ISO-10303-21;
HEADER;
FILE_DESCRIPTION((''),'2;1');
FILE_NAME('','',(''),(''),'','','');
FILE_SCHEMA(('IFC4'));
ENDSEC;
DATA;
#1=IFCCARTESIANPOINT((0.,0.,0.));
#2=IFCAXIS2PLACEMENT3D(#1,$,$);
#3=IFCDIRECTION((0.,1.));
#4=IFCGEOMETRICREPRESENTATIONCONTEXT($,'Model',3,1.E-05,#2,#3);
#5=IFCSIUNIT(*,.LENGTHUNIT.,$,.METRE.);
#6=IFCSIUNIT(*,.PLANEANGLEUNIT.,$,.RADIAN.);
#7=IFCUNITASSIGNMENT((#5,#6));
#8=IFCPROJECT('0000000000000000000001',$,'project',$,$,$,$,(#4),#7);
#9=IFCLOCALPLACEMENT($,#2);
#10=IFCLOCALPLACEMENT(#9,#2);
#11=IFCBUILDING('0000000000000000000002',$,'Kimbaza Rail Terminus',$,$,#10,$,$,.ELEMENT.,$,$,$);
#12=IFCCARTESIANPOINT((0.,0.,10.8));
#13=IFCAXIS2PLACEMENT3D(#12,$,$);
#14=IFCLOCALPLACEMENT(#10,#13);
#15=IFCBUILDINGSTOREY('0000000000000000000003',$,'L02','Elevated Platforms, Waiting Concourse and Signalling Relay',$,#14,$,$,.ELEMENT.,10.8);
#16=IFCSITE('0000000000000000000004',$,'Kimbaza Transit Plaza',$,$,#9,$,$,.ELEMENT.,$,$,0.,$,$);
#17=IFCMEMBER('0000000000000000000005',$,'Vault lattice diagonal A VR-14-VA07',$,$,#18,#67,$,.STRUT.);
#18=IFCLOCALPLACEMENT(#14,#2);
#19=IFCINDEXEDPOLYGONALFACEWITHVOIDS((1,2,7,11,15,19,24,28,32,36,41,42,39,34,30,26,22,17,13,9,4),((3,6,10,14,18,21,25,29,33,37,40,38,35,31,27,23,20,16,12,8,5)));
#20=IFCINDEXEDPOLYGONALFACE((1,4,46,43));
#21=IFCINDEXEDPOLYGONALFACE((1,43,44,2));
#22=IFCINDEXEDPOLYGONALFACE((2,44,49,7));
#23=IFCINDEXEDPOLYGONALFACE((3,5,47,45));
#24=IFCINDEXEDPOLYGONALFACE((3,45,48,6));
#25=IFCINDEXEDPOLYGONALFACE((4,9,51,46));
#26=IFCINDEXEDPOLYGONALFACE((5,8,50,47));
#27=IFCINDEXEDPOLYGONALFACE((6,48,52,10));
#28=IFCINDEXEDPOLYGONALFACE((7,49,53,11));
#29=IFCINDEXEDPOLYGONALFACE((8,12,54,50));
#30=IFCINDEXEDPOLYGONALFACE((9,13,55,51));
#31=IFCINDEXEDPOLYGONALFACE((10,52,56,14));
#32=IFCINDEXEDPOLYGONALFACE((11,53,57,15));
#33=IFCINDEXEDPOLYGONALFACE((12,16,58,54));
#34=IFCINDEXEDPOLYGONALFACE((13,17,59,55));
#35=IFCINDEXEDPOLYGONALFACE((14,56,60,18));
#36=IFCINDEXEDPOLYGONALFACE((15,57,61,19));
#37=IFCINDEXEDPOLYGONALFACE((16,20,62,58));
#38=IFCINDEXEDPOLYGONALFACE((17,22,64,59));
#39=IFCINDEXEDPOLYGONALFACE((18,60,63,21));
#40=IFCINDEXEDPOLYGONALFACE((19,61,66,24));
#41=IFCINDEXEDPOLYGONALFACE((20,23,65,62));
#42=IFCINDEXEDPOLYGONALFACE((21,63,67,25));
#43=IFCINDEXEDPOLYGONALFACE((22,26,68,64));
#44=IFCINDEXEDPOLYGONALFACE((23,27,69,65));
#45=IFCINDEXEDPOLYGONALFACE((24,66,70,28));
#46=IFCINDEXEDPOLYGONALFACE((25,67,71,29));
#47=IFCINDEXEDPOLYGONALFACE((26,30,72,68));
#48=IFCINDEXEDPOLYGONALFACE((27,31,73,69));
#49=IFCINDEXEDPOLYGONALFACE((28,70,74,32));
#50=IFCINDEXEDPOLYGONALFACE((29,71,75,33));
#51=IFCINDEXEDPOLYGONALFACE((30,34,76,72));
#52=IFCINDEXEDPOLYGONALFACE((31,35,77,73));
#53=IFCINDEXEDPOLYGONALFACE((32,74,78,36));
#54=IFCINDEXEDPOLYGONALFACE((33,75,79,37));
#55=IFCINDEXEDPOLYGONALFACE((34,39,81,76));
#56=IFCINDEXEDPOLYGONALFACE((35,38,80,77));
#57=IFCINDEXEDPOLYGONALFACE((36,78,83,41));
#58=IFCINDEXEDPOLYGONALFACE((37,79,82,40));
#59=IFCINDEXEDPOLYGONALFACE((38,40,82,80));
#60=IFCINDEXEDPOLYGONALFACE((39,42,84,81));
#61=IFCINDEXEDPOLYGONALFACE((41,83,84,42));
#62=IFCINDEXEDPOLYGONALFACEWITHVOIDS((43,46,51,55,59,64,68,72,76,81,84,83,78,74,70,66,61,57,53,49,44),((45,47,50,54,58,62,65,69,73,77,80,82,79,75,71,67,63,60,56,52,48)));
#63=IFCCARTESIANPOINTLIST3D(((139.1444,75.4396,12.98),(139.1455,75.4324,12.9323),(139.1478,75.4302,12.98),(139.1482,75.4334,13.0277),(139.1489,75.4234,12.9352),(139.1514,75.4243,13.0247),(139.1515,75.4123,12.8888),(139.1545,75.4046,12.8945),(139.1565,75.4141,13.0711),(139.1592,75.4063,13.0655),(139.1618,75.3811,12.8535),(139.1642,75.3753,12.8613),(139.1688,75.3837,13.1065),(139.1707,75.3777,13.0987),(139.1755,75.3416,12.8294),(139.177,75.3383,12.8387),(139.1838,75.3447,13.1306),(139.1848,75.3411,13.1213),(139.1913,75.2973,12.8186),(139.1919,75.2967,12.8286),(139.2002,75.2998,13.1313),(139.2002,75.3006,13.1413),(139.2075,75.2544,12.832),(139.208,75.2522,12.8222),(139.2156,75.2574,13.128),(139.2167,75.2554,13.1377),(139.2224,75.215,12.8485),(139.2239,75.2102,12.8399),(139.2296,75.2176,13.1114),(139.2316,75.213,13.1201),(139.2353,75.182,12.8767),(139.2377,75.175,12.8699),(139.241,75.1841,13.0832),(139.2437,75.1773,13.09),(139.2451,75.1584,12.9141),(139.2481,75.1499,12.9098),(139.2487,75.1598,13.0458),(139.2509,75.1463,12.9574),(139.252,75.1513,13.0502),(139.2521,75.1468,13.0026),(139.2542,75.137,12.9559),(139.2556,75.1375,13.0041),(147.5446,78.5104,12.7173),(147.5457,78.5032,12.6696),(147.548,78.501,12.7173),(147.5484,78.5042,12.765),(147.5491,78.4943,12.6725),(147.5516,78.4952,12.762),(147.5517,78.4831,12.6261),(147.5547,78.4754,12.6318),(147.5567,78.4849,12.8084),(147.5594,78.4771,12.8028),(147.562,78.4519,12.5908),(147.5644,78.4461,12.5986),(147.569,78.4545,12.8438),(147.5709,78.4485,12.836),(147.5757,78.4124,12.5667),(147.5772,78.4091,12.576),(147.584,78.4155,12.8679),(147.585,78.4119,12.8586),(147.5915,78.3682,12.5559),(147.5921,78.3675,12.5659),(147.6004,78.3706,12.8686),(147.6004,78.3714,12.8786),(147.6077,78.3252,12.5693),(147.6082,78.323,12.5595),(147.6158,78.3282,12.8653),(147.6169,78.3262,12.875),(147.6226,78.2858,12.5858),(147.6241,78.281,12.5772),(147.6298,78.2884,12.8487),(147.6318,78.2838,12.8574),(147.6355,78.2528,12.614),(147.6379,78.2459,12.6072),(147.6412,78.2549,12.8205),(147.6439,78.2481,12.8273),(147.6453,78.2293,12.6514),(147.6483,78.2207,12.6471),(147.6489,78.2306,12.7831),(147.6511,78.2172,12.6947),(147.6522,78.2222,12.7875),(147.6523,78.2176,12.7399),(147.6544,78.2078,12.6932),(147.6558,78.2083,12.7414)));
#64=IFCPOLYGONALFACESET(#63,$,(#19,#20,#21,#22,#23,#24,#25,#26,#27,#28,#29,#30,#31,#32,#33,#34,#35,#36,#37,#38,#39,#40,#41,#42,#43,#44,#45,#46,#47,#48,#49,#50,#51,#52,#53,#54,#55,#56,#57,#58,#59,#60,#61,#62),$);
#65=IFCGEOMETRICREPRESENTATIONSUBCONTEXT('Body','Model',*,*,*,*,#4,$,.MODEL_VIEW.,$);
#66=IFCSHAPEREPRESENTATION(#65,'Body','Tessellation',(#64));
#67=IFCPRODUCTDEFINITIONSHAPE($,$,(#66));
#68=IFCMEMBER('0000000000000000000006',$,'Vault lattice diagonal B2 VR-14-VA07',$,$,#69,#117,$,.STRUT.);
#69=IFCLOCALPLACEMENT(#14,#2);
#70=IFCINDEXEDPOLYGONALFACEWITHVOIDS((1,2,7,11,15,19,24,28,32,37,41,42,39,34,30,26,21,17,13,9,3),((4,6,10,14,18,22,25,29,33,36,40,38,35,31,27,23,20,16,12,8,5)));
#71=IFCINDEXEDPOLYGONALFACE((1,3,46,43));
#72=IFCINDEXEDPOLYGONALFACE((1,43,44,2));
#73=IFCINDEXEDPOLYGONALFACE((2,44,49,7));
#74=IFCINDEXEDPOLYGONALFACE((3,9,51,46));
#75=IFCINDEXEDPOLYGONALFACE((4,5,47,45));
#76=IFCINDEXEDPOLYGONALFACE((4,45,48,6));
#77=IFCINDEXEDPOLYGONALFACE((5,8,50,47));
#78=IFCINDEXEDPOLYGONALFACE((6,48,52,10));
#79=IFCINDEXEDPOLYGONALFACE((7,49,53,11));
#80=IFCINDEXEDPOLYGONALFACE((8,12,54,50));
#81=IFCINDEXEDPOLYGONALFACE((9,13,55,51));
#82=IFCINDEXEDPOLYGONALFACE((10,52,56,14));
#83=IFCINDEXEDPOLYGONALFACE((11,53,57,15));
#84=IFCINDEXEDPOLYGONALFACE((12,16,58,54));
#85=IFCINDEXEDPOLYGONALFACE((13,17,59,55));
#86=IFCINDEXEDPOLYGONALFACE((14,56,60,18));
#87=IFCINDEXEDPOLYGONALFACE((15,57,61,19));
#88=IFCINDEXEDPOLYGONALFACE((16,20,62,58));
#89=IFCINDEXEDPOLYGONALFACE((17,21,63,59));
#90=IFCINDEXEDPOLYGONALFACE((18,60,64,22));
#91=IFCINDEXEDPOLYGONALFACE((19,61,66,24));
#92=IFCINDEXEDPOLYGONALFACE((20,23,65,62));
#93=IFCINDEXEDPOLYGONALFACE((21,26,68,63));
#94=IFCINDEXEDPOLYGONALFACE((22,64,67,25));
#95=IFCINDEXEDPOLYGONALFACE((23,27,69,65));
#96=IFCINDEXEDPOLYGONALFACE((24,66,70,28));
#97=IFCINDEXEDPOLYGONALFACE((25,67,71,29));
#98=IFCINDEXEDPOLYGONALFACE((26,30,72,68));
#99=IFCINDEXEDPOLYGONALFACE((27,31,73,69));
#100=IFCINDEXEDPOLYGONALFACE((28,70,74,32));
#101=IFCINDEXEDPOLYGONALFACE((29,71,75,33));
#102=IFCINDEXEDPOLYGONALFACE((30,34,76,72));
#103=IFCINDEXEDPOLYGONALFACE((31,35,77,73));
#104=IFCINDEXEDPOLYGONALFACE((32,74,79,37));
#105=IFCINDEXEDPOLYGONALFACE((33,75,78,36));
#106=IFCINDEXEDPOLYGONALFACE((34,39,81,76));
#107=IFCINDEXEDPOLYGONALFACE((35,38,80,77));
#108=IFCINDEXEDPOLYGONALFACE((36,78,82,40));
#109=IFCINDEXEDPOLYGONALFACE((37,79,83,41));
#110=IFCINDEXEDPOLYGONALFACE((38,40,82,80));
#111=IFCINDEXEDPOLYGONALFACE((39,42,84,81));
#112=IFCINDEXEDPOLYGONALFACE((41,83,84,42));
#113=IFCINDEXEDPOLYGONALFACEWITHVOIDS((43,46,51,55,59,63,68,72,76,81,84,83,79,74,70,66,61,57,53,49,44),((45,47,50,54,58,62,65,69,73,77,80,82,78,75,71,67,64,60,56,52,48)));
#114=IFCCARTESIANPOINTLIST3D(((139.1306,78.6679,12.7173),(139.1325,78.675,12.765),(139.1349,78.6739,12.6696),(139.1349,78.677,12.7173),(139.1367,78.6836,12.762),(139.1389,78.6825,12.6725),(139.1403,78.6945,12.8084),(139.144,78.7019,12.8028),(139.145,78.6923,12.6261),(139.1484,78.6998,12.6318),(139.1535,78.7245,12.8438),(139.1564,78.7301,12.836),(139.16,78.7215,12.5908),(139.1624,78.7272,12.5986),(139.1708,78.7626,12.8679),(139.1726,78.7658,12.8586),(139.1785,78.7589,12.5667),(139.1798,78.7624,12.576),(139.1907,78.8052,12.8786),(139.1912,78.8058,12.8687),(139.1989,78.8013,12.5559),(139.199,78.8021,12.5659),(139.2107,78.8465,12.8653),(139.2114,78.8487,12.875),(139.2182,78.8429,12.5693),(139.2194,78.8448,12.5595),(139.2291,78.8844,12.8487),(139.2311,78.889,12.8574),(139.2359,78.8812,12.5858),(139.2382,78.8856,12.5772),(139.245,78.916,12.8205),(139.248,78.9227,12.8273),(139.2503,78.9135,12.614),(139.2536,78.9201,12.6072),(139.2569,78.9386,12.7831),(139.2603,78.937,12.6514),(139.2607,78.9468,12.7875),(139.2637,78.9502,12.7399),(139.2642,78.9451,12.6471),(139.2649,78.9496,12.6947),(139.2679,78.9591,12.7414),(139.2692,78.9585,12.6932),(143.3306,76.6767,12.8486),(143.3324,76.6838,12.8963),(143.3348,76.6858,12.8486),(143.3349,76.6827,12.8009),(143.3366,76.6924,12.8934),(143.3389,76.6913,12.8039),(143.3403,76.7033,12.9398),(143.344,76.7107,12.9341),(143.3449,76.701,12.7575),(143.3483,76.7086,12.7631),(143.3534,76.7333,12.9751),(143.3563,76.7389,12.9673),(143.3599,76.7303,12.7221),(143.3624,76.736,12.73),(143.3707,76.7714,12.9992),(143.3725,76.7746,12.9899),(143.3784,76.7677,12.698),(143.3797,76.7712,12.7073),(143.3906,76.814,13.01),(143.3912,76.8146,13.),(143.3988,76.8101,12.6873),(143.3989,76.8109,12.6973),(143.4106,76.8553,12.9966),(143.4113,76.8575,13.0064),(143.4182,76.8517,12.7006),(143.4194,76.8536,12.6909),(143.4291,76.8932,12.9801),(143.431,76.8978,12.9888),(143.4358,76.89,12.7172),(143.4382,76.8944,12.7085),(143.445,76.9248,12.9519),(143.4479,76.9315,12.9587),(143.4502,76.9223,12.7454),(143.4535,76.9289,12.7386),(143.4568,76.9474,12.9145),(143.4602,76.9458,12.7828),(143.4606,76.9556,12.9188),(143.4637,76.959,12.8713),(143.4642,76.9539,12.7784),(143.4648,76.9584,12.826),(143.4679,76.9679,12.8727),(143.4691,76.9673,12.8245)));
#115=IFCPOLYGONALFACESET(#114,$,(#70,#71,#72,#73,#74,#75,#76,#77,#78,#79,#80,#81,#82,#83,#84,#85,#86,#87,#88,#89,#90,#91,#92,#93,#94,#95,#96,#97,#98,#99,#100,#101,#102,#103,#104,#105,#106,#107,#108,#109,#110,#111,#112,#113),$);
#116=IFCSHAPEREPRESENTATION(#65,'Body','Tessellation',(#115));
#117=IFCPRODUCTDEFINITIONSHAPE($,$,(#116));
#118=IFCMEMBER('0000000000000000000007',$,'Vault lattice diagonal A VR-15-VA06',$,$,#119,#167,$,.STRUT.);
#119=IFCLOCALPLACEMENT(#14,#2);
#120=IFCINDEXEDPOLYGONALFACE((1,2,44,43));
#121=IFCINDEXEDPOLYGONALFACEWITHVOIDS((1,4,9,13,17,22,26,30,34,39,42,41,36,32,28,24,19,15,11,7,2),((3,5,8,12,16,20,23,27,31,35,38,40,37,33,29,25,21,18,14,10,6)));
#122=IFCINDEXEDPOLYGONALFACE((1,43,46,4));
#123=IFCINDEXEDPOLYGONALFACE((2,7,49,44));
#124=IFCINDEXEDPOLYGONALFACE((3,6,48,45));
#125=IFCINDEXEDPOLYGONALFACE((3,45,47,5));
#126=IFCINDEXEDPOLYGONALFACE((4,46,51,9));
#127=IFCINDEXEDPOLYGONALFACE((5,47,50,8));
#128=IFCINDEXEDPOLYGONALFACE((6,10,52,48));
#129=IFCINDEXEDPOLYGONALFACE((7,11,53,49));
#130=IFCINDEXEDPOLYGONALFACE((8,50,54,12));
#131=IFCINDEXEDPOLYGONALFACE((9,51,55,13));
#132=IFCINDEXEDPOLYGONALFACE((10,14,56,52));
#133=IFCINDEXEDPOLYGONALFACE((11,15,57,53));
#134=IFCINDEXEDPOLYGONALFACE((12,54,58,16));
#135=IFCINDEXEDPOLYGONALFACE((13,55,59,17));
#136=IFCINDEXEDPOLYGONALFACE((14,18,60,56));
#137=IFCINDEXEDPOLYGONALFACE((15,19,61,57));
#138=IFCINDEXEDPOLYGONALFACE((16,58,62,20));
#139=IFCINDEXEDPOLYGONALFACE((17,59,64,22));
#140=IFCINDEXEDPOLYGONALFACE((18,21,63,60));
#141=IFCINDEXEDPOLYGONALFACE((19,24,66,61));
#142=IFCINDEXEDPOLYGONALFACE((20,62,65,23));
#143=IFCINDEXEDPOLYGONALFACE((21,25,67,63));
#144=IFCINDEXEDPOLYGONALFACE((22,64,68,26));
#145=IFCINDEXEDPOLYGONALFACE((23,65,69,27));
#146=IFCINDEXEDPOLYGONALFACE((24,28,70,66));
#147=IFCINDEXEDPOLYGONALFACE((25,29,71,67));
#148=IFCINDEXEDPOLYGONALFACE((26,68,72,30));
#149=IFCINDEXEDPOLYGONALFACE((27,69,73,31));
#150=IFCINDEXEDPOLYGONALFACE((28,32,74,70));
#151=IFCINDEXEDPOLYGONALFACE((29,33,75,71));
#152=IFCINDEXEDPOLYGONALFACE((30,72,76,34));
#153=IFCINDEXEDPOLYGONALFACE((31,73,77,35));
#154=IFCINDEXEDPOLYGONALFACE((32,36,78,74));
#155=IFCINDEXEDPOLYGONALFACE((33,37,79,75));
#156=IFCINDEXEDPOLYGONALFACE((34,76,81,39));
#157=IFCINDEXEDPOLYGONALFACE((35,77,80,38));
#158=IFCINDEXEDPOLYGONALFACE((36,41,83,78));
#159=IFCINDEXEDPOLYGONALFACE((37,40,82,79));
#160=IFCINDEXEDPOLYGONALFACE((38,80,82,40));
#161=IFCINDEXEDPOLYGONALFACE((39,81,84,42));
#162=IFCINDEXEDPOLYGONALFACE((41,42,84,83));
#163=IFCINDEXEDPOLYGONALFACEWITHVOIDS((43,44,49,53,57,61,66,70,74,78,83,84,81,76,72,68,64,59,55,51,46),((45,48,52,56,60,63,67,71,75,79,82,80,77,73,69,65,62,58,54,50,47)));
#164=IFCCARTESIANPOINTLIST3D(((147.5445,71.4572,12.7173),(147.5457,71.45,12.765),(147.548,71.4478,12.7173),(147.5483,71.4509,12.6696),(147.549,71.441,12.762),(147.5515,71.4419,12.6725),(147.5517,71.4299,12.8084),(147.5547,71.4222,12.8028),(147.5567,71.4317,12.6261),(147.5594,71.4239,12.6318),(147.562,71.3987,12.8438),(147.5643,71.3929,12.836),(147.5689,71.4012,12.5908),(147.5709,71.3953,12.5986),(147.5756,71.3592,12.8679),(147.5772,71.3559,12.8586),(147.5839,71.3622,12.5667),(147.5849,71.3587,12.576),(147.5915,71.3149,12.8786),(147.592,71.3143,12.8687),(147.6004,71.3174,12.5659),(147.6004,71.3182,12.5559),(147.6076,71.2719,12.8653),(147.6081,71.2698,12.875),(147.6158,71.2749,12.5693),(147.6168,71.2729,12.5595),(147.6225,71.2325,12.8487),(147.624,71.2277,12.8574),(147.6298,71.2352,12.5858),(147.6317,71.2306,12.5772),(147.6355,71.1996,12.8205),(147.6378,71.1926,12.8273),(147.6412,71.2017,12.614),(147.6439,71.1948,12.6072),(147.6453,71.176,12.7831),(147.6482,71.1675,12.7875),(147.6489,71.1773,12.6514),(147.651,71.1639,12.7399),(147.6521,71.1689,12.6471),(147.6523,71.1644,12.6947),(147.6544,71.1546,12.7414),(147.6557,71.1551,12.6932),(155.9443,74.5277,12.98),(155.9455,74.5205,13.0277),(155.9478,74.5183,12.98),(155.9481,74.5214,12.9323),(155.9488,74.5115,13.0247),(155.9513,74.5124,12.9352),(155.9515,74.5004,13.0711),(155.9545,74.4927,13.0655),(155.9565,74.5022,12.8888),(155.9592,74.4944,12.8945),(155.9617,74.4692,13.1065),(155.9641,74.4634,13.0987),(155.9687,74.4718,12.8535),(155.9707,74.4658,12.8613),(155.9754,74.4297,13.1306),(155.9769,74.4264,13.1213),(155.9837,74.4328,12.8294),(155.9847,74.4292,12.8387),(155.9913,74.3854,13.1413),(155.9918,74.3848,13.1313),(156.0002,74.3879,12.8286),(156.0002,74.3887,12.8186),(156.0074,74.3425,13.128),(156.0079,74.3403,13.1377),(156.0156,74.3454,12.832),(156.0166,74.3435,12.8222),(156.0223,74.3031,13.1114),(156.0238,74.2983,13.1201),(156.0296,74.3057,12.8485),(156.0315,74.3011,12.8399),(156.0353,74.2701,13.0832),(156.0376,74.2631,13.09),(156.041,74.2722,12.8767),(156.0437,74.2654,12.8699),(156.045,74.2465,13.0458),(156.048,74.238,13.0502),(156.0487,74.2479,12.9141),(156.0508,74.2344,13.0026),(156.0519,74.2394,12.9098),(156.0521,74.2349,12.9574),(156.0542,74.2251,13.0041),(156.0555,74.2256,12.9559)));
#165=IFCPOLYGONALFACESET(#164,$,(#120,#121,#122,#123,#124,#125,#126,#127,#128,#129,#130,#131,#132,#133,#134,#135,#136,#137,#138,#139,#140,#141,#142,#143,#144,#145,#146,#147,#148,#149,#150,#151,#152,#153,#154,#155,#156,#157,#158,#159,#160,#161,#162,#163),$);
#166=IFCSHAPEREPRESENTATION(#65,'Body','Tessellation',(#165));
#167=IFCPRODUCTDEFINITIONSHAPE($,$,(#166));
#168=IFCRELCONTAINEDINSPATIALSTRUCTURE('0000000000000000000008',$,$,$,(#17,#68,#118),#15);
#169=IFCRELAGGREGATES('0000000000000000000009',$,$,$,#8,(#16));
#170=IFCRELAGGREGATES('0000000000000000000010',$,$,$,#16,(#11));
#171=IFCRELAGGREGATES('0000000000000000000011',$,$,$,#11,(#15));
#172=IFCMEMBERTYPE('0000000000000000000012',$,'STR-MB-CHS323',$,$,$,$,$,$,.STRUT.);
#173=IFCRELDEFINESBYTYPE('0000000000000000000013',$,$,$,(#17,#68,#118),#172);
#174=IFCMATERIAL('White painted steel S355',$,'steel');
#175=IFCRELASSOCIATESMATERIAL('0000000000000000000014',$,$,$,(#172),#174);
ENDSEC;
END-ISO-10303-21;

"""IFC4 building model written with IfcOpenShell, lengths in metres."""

from ifc_helpers import new_model, si_unit, direction, frame, origin, origin_2d, place, context, subcontext, project, spatial, hollow_circle, extrude, material, material_profile, profile_set, type_object, element, save


model = new_model("IFC4")

# Units and contexts
model_context = context("Model", 3, precision=1e-05, world=origin(), true_north=direction((0.0, 1.0)))
body_context = subcontext(model_context, "Body", "Model", "MODEL_VIEW")
ifc_project = project(units=[si_unit("LENGTHUNIT", "METRE"), si_unit("PLANEANGLEUNIT", "RADIAN")], contexts=[model_context])

# Site, building, storey
site_placement = place(None, origin())
site = spatial("IfcSite", under=ifc_project, at=site_placement, Name="Kimbaza Transit Plaza", CompositionType="ELEMENT", RefElevation=0.0)
building_placement = place(site_placement, origin())
building = spatial("IfcBuilding", under=site, at=building_placement, Name="Kimbaza Rail Terminus", CompositionType="ELEMENT")
storey_placement = place(building_placement, frame((0.0, 0.0, 10.8)))
storey = spatial("IfcBuildingStorey", under=building, at=storey_placement, Name="L02", Description="Elevated Platforms, Waiting Concourse and Signalling Relay", CompositionType="ELEMENT", Elevation=10.8)

# Members
ifc_material_1 = material(Name="White painted steel S355", Category="steel")
ifc_material_profile_1 = material_profile(ifc_material_1, hollow_circle(Radius=0.1619, WallThickness=0.01, at=origin_2d()), Name="CHS 323.9x10")
ifc_profile_set_1 = profile_set([ifc_material_profile_1], Name="White painted steel S355")
member_type_1 = type_object("IfcMemberType", Name="STR-MB-CHS323", PredefinedType="STRUT", material=ifc_profile_set_1)
member_1_placement = place(storey_placement, frame((139.2, 75.2876, 12.98), z_axis=(0.938805, 0.343195, -0.029359), x_axis=(-0.343343, 0.93921, 0.0)))
element("IfcMember", 1, at=member_1_placement, inside=storey, type_object=member_type_1, Name="Vault lattice diagonal A VR-14-VA07", PredefinedType="STRUT", context=body_context, shape_type="SweptSolid", body=[
    extrude(hollow_circle(Radius=0.1619, WallThickness=0.01, at=origin_2d()), origin(), (0.0, 0.0, 1.0), 8.9478),
])
member_2_placement = place(storey_placement, frame((143.3999, 76.823, 12.8486), z_axis=(-0.903231, 0.428225, -0.028247), x_axis=(-0.428396, -0.903591, 0.0)))
element("IfcMember", 2, at=member_2_placement, inside=storey, type_object=member_type_1, Name="Vault lattice diagonal B2 VR-14-VA07", PredefinedType="STRUT", context=body_context, shape_type="SweptSolid", body=[
    extrude(hollow_circle(Radius=0.1619, WallThickness=0.01, at=origin_2d()), origin(), (0.0, 0.0, 1.0), 4.6499),
])
member_3_placement = place(storey_placement, frame((147.6001, 71.3052, 12.7173), z_axis=(0.938811, 0.343179, 0.02936), x_axis=(-0.343327, 0.939216, 0.0)))
element("IfcMember", 3, at=member_3_placement, inside=storey, type_object=member_type_1, Name="Vault lattice diagonal A VR-15-VA06", PredefinedType="STRUT", context=body_context, shape_type="SweptSolid", body=[
    extrude(hollow_circle(Radius=0.1619, WallThickness=0.01, at=origin_2d()), origin(), (0.0, 0.0, 1.0), 8.9473),
])

save(model, "model.ifc")
